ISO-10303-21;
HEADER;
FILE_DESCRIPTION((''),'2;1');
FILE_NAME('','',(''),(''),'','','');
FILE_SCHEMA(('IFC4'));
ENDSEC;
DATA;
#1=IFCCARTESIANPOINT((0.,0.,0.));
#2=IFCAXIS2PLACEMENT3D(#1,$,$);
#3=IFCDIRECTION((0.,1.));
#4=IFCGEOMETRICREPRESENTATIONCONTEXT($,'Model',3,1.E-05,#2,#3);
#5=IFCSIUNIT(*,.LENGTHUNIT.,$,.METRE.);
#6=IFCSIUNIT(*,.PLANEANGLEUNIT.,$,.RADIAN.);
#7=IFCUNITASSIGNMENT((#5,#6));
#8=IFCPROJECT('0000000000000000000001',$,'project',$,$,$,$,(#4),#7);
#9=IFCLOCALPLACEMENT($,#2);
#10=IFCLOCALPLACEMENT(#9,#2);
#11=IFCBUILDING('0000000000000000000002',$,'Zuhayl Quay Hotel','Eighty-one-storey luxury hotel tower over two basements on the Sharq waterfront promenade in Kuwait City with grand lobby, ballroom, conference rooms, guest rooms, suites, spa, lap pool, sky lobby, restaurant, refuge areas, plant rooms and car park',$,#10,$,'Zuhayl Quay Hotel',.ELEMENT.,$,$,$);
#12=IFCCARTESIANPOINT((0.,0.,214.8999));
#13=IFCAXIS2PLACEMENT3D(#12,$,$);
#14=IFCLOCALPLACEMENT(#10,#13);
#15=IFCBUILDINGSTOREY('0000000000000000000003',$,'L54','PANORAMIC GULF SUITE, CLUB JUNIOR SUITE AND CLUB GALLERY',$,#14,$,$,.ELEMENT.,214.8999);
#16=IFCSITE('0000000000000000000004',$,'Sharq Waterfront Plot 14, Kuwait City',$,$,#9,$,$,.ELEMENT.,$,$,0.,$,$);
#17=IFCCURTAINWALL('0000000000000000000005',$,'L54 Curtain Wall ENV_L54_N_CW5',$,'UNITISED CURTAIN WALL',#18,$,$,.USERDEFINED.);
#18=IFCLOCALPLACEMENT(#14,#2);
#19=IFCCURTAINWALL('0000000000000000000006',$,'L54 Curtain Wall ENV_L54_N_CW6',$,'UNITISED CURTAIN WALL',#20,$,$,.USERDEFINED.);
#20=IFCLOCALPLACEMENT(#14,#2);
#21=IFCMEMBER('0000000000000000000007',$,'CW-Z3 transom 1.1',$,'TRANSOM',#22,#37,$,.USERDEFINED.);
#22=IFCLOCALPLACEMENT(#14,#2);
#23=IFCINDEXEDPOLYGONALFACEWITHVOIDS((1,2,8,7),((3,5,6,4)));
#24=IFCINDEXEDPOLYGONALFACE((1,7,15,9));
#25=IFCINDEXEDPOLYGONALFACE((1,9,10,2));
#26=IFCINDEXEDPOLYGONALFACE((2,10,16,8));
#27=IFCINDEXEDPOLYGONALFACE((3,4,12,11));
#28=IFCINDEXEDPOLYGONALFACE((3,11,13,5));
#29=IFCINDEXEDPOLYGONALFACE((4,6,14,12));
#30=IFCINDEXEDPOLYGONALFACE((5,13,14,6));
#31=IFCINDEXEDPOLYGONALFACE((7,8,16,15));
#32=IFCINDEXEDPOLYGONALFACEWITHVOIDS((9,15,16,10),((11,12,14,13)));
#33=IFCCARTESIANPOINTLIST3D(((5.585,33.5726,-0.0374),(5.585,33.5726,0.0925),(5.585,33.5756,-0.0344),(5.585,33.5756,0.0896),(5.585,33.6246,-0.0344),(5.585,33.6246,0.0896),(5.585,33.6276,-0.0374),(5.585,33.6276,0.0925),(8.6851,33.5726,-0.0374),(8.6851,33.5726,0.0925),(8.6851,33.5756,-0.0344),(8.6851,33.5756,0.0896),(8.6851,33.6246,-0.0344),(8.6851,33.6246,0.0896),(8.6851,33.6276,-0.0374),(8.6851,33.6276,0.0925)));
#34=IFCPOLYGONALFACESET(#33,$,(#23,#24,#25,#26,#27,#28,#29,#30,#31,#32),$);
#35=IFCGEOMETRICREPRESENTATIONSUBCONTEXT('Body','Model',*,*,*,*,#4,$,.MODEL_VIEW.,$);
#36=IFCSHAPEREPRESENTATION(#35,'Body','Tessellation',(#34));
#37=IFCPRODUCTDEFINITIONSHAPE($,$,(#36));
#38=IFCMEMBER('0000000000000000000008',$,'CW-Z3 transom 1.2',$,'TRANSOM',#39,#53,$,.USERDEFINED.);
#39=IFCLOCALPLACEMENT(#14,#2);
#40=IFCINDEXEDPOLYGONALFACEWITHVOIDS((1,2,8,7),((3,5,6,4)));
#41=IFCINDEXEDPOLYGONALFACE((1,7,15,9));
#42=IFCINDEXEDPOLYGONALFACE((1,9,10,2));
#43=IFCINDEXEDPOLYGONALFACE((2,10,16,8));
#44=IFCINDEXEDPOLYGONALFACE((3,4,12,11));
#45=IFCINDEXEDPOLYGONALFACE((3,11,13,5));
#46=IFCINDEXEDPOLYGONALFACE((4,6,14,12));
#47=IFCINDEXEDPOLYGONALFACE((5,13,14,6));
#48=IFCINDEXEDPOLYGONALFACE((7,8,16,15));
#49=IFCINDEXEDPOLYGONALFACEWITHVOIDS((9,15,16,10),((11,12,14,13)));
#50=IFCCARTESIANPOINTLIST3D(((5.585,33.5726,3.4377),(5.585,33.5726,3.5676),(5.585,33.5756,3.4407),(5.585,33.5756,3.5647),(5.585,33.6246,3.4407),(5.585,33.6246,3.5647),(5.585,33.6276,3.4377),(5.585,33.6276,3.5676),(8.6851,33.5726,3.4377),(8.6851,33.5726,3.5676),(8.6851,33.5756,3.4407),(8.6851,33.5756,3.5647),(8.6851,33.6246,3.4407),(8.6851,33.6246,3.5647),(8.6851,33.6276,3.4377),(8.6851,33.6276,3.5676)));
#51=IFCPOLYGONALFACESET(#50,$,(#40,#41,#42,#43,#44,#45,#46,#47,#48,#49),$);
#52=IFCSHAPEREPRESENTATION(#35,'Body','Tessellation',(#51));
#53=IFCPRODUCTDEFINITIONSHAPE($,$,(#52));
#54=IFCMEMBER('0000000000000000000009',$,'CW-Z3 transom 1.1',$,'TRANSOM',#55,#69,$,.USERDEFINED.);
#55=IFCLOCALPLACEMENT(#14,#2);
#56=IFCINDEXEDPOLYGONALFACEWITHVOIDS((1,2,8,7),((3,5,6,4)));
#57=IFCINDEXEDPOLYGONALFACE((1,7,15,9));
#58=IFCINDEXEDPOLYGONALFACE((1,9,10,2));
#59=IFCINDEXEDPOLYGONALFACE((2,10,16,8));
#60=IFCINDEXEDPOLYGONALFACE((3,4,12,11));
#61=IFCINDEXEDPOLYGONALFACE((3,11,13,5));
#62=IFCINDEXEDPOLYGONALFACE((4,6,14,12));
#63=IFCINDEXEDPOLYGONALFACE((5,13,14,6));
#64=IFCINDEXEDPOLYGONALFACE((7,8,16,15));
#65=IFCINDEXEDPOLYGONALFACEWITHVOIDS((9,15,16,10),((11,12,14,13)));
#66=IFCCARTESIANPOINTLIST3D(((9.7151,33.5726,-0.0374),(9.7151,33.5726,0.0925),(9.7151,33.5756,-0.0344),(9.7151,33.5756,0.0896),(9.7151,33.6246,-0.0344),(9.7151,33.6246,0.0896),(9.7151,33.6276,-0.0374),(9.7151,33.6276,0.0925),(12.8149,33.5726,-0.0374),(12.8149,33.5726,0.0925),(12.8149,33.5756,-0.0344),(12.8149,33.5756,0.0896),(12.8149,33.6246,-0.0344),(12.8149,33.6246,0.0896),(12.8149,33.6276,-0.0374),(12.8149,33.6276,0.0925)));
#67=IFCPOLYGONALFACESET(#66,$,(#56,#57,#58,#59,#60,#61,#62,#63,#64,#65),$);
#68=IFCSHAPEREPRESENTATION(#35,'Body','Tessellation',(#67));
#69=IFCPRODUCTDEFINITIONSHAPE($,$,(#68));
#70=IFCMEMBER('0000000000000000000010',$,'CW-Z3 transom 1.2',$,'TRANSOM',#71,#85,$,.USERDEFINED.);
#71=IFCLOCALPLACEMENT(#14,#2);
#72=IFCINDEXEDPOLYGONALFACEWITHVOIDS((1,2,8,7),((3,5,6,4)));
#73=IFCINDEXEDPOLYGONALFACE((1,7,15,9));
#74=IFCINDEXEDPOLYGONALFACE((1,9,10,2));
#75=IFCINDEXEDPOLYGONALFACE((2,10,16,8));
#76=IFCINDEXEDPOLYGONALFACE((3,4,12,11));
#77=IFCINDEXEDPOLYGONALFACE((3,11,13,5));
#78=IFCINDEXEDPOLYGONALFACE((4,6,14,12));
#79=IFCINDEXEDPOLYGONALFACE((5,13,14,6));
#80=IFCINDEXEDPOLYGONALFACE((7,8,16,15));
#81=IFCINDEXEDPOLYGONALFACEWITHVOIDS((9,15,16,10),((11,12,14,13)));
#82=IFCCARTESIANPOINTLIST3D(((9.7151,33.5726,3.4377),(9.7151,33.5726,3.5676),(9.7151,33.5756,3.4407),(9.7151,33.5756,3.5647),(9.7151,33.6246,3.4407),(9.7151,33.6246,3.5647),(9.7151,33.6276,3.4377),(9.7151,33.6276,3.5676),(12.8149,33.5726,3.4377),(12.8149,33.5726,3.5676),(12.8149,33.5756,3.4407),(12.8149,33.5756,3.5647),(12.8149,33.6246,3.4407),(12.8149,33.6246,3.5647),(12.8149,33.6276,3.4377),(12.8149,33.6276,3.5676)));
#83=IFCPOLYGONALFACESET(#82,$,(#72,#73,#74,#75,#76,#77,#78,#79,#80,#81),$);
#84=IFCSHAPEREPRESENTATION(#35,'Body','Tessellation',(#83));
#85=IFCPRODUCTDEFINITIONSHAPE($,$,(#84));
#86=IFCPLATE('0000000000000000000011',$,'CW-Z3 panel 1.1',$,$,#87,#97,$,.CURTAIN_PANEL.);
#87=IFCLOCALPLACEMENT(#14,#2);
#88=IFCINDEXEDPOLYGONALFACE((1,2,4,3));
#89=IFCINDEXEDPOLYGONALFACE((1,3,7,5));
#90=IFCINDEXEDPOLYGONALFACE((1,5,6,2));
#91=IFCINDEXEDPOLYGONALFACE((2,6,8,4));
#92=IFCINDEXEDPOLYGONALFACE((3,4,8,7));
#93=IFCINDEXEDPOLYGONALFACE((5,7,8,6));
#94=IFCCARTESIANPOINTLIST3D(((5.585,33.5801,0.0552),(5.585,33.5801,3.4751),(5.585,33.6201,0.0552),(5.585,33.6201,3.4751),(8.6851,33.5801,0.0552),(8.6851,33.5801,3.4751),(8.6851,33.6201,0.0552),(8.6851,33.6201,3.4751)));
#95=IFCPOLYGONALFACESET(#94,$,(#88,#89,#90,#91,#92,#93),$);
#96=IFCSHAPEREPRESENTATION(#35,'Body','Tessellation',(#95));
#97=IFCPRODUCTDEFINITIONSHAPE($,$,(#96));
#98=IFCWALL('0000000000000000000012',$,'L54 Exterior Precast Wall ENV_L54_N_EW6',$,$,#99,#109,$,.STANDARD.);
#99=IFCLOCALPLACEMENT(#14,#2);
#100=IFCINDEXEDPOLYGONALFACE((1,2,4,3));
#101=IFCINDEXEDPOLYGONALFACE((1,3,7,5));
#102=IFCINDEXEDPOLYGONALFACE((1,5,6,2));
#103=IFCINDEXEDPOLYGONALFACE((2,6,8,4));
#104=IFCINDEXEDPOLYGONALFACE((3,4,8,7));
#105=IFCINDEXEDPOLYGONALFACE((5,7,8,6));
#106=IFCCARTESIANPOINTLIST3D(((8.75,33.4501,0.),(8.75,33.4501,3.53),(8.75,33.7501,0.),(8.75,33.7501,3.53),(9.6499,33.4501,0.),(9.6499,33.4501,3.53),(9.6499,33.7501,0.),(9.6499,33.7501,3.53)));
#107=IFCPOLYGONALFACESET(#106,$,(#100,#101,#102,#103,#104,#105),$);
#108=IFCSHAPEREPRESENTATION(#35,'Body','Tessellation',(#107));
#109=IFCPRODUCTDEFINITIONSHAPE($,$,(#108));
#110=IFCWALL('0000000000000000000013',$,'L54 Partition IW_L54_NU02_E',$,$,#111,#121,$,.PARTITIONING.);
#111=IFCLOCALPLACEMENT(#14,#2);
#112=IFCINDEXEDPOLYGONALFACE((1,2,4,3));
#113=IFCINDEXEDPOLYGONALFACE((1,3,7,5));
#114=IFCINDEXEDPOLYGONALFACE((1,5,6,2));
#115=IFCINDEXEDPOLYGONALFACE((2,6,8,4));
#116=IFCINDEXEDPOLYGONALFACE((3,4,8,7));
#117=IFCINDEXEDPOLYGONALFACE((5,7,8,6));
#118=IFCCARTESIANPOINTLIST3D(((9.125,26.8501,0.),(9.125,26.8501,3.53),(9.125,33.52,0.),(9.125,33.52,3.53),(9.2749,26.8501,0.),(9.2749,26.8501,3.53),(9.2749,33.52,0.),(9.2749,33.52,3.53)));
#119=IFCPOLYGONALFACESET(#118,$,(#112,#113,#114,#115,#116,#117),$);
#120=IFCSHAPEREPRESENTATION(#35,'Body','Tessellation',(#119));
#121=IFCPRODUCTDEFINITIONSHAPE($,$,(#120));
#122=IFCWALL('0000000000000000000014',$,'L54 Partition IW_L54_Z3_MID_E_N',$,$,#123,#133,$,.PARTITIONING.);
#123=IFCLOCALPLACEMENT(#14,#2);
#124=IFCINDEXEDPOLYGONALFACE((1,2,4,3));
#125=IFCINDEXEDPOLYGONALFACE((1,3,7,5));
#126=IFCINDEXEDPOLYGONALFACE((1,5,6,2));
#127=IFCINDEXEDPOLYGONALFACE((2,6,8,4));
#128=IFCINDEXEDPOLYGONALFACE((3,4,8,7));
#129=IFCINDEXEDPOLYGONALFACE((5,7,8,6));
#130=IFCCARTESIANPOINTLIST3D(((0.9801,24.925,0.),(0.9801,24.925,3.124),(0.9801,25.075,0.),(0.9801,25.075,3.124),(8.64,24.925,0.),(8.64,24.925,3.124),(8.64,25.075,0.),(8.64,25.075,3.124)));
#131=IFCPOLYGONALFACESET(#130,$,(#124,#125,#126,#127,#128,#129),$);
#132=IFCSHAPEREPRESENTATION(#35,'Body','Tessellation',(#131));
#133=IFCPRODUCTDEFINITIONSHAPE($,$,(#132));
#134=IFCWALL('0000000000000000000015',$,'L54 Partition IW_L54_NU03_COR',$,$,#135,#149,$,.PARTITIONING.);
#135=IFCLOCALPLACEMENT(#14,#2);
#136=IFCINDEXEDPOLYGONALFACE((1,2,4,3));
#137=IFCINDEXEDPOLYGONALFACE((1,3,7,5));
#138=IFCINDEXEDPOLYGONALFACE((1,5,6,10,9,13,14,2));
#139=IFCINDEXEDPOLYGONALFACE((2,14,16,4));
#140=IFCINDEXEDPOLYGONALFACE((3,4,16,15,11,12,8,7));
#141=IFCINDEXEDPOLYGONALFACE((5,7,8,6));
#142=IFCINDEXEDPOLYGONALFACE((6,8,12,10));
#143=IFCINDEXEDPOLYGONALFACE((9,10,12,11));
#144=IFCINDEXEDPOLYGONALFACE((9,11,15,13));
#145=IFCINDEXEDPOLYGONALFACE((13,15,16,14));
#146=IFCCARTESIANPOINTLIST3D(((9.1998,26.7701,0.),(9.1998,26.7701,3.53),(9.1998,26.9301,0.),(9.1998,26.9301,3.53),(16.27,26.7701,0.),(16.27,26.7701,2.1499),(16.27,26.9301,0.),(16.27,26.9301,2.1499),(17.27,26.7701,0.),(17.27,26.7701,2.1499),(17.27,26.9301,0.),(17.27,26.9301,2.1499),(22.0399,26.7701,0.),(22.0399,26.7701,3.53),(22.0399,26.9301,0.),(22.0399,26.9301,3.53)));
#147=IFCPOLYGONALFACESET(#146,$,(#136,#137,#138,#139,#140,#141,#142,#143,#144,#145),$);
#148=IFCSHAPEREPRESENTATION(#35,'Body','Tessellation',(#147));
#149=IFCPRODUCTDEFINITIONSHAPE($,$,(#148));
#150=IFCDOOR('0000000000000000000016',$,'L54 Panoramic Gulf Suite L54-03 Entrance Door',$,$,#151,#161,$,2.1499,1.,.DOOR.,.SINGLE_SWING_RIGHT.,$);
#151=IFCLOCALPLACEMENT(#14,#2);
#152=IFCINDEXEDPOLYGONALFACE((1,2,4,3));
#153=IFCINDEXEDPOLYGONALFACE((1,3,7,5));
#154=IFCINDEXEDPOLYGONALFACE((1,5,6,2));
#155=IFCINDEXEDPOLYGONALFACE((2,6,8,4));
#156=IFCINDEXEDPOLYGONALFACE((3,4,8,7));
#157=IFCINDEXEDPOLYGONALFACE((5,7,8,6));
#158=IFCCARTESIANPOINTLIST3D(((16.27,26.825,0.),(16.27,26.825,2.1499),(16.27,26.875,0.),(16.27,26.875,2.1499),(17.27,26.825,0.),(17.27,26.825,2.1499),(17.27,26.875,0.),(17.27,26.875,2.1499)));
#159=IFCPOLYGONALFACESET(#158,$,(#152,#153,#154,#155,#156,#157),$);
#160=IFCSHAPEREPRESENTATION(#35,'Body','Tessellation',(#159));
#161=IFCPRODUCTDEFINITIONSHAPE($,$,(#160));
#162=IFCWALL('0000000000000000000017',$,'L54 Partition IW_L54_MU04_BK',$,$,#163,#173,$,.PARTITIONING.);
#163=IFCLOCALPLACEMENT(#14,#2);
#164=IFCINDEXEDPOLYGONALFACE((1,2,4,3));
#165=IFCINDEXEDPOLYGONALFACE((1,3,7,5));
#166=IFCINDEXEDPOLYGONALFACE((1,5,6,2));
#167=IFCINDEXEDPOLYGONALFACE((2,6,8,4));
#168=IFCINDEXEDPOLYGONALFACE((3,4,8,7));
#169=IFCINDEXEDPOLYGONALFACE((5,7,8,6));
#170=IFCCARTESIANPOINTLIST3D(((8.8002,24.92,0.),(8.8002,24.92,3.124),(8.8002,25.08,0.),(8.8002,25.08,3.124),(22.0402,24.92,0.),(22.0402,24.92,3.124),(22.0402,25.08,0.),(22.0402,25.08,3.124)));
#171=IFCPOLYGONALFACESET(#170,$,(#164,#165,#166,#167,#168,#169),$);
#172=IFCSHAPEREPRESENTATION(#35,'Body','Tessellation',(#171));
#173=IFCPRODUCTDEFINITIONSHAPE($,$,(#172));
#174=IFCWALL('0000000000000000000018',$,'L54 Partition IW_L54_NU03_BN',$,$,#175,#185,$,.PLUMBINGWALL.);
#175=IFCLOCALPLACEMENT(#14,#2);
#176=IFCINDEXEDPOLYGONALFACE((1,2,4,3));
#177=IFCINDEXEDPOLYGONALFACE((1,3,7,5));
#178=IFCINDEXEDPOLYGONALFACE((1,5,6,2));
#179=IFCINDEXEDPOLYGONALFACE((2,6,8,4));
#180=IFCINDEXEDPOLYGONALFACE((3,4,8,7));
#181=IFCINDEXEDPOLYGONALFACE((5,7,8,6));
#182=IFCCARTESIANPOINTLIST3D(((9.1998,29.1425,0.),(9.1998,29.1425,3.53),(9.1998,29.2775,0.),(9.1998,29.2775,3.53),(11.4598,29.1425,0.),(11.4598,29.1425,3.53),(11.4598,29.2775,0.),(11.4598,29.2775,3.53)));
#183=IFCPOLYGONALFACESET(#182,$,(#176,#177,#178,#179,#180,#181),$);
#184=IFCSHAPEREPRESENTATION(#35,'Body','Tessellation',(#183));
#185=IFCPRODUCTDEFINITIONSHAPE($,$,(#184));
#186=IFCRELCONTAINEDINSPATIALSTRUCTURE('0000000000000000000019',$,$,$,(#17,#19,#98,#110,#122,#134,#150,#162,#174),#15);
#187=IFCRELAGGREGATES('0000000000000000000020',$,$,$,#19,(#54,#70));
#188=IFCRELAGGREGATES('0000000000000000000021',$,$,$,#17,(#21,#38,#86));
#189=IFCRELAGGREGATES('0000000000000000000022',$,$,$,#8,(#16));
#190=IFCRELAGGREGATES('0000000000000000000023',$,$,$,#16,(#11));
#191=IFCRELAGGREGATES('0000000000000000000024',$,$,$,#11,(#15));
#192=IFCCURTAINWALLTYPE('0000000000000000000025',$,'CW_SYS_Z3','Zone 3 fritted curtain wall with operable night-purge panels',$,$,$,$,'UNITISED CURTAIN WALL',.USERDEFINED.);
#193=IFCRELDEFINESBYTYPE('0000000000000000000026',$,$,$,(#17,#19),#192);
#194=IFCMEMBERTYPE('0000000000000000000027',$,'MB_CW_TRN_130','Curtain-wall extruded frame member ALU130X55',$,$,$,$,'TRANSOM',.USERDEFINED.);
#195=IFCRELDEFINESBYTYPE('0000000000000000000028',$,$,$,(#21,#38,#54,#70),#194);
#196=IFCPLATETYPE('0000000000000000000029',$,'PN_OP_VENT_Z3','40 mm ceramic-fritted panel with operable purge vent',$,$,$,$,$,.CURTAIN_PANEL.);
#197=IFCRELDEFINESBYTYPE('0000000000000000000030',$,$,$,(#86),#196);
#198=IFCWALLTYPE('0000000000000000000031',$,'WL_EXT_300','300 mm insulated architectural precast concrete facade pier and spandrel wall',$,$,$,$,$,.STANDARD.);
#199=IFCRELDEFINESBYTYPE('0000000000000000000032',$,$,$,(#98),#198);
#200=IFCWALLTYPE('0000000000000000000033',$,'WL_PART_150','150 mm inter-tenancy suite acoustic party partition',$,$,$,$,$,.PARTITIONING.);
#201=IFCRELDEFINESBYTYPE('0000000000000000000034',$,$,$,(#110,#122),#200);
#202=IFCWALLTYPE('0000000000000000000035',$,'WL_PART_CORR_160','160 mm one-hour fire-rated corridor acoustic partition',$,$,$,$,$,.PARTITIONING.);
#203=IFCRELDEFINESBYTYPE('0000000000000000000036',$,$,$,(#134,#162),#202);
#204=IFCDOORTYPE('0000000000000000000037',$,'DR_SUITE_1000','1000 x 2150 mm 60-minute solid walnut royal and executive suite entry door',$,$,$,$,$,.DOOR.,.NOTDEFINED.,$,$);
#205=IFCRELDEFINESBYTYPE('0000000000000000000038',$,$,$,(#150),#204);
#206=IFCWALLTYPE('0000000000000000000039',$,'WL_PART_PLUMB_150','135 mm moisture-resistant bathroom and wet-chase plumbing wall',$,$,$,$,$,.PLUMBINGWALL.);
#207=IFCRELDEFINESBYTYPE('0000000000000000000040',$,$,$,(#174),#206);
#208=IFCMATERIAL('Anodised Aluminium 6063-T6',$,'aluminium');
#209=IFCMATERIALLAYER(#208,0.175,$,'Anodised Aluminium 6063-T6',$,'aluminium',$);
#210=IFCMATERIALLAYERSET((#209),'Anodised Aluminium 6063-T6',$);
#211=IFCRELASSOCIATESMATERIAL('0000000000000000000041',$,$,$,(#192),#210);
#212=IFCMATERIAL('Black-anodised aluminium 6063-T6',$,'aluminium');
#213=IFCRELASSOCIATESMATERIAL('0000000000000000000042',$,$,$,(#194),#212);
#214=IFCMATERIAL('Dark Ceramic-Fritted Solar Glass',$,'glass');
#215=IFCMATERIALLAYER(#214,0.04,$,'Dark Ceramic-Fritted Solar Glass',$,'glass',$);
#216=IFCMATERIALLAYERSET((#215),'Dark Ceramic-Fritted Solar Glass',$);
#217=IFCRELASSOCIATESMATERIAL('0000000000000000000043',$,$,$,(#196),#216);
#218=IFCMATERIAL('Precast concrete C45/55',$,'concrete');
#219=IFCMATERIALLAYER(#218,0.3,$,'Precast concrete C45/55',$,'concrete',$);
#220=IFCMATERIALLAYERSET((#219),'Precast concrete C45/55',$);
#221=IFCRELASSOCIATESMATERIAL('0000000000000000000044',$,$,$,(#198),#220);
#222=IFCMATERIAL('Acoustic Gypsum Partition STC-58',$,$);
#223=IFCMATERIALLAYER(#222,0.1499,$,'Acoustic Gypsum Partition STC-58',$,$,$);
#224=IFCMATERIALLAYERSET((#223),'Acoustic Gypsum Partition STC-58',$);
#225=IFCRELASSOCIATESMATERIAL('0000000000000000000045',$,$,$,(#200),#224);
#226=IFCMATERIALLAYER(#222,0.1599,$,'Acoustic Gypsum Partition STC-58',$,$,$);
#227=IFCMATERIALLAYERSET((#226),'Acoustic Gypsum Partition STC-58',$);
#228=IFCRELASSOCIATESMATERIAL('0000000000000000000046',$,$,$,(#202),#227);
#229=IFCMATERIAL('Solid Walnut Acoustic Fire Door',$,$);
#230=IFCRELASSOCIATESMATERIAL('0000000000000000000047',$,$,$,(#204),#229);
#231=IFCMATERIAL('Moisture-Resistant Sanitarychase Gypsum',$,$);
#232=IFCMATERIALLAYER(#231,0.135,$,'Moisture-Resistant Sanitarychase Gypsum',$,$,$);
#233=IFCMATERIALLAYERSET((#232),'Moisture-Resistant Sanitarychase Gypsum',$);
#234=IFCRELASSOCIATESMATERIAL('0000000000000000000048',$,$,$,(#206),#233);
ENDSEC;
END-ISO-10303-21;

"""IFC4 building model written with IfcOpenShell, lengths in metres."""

from ifc_helpers import new_model, si_unit, direction, frame, frame_2d, origin, origin_2d, place, context, subcontext, project, spatial, rectangle, hollow_rectangle, extrude, material, layer, layer_set, material_profile, profile_set, type_object, element, fill, aggregate, save


model = new_model("IFC4")

# Units and contexts
model_context = context("Model", 3, precision=1e-05, world=origin(), true_north=direction((0.0, 1.0)))
body_context = subcontext(model_context, "Body", "Model", "MODEL_VIEW")
ifc_project = project(units=[si_unit("LENGTHUNIT", "METRE"), si_unit("PLANEANGLEUNIT", "RADIAN")], contexts=[model_context])

# Site, building, storey
site_placement = place(None, origin())
site = spatial("IfcSite", under=ifc_project, at=site_placement, Name="Sharq Waterfront Plot 14, Kuwait City", CompositionType="ELEMENT", RefElevation=0.0)
building_placement = place(site_placement, origin())
building = spatial("IfcBuilding", under=site, at=building_placement, Name="Zuhayl Quay Hotel", Description="Eighty-one-storey luxury hotel tower over two basements on the Sharq waterfront promenade in Kuwait City with grand lobby, ballroom, conference rooms, guest rooms, suites, spa, lap pool, sky lobby, restaurant, refuge areas, plant rooms and car park", LongName="Zuhayl Quay Hotel", CompositionType="ELEMENT")
storey_placement = place(building_placement, frame((0.0, 0.0, 214.8999)))
storey = spatial("IfcBuildingStorey", under=building, at=storey_placement, Name="L54", Description="PANORAMIC GULF SUITE, CLUB JUNIOR SUITE AND CLUB GALLERY", CompositionType="ELEMENT", Elevation=214.8999)

# Curtain wall
ifc_material_1 = material(Name="Anodised Aluminium 6063-T6", Category="aluminium")
ifc_layer_1 = layer(ifc_material_1, 0.175, Name="Anodised Aluminium 6063-T6", Category="aluminium")
ifc_layer_set_1 = layer_set([ifc_layer_1], Name="Anodised Aluminium 6063-T6")
curtain_wall_type = type_object("IfcCurtainWallType", Name="CW_SYS_Z3", Description="Zone 3 fritted curtain wall with operable night-purge panels", ElementType="UNITISED CURTAIN WALL", PredefinedType="USERDEFINED", material=ifc_layer_set_1)
curtain_wall_1_placement = place(storey_placement, origin())
curtain_wall_1 = element("IfcCurtainWall", 1, at=curtain_wall_1_placement, inside=storey, type_object=curtain_wall_type, Name="L54 Curtain Wall ENV_L54_N_CW5", ObjectType="UNITISED CURTAIN WALL", PredefinedType="USERDEFINED")
ifc_material_2 = material(Name="Black-anodised aluminium 6063-T6", Category="aluminium")

# Curtain wall
curtain_wall_2_placement = place(storey_placement, origin())
curtain_wall_2 = element("IfcCurtainWall", 2, at=curtain_wall_2_placement, inside=storey, type_object=curtain_wall_type, Name="L54 Curtain Wall ENV_L54_N_CW6", ObjectType="UNITISED CURTAIN WALL", PredefinedType="USERDEFINED")

# Members
ifc_material_profile_1 = material_profile(ifc_material_2, hollow_rectangle(XDim=0.0549, YDim=0.1299, WallThickness=0.0029, at=origin_2d()), Name="ALU130X55")
ifc_profile_set_1 = profile_set([ifc_material_profile_1], Name="Black-anodised aluminium 6063-T6")
member_type_1 = type_object("IfcMemberType", Name="MB_CW_TRN_130", Description="Curtain-wall extruded frame member ALU130X55", ElementType="TRANSOM", PredefinedType="USERDEFINED", material=ifc_profile_set_1)
member_1_placement = place(storey_placement, frame((5.585, 33.6001, 0.0276), z_axis=(1.0, 0.0, 0.0), x_axis=(0.0, 1.0, 0.0)))
member_1 = element("IfcMember", 3, at=member_1_placement, type_object=member_type_1, Name="CW-Z3 transom 1.1", ObjectType="TRANSOM", PredefinedType="USERDEFINED", context=body_context, shape_type="SweptSolid", body=[
    extrude(hollow_rectangle(XDim=0.0549, YDim=0.1299, WallThickness=0.0029, at=origin_2d()), origin(), (0.0, 0.0, 1.0), 3.1001),
])
member_2_placement = place(storey_placement, frame((5.585, 33.6001, 3.5027), z_axis=(1.0, 0.0, 0.0), x_axis=(0.0, 1.0, 0.0)))
member_2 = element("IfcMember", 4, at=member_2_placement, type_object=member_type_1, Name="CW-Z3 transom 1.2", ObjectType="TRANSOM", PredefinedType="USERDEFINED", context=body_context, shape_type="SweptSolid", body=[
    extrude(hollow_rectangle(XDim=0.0549, YDim=0.1299, WallThickness=0.0029, at=origin_2d()), origin(), (0.0, 0.0, 1.0), 3.1001),
])
member_3_placement = place(storey_placement, frame((9.7151, 33.6001, 0.0276), z_axis=(1.0, 0.0, 0.0), x_axis=(0.0, 1.0, 0.0)))
member_3 = element("IfcMember", 5, at=member_3_placement, type_object=member_type_1, Name="CW-Z3 transom 1.1", ObjectType="TRANSOM", PredefinedType="USERDEFINED", context=body_context, shape_type="SweptSolid", body=[
    extrude(hollow_rectangle(XDim=0.0549, YDim=0.1299, WallThickness=0.0029, at=origin_2d()), origin(), (0.0, 0.0, 1.0), 3.0999),
])
member_4_placement = place(storey_placement, frame((9.7151, 33.6001, 3.5027), z_axis=(1.0, 0.0, 0.0), x_axis=(0.0, 1.0, 0.0)))
member_4 = element("IfcMember", 6, at=member_4_placement, type_object=member_type_1, Name="CW-Z3 transom 1.2", ObjectType="TRANSOM", PredefinedType="USERDEFINED", context=body_context, shape_type="SweptSolid", body=[
    extrude(hollow_rectangle(XDim=0.0549, YDim=0.1299, WallThickness=0.0029, at=origin_2d()), origin(), (0.0, 0.0, 1.0), 3.0999),
])
aggregate(curtain_wall_2, [member_3, member_4])

# Plate
ifc_material_3 = material(Name="Dark Ceramic-Fritted Solar Glass", Category="glass")
ifc_layer_2 = layer(ifc_material_3, 0.04, Name="Dark Ceramic-Fritted Solar Glass", Category="glass")
ifc_layer_set_2 = layer_set([ifc_layer_2], Name="Dark Ceramic-Fritted Solar Glass")
plate_type = type_object("IfcPlateType", Name="PN_OP_VENT_Z3", Description="40 mm ceramic-fritted panel with operable purge vent", PredefinedType="CURTAIN_PANEL", material=ifc_layer_set_2)
plate_placement = place(storey_placement, frame((7.135, 33.6001, 0.0552), z_axis=(0.0, 0.0, 1.0), x_axis=(1.0, 0.0, 0.0)))
plate = element("IfcPlate", 7, at=plate_placement, type_object=plate_type, Name="CW-Z3 panel 1.1", PredefinedType="CURTAIN_PANEL", context=body_context, shape_type="SweptSolid", body=[
    extrude(rectangle(XDim=3.1001, YDim=0.04, at=origin_2d()), origin(), (0.0, 0.0, 1.0), 3.4199),
])
aggregate(curtain_wall_1, [member_1, member_2, plate])

# Walls
ifc_material_4 = material(Name="Precast concrete C45/55", Category="concrete")
ifc_layer_3 = layer(ifc_material_4, 0.3, Name="Precast concrete C45/55", Category="concrete")
ifc_layer_set_3 = layer_set([ifc_layer_3], Name="Precast concrete C45/55")
wall_type_1 = type_object("IfcWallType", Name="WL_EXT_300", Description="300 mm insulated architectural precast concrete facade pier and spandrel wall", PredefinedType="STANDARD", material=ifc_layer_set_3)
wall_1_placement = place(storey_placement, frame((8.75, 33.6001, 0.0), z_axis=(0.0, 0.0, 1.0), x_axis=(1.0, 0.0, 0.0)))
element("IfcWall", 8, at=wall_1_placement, inside=storey, type_object=wall_type_1, Name="L54 Exterior Precast Wall ENV_L54_N_EW6", PredefinedType="STANDARD", context=body_context, shape_type="SweptSolid", body=[
    extrude(rectangle(XDim=0.8999, YDim=0.3, at=frame_2d((0.45, 0.0))), origin(), (0.0, 0.0, 1.0), 3.53),
])
ifc_material_5 = material(Name="Acoustic Gypsum Partition STC-58")
ifc_layer_4 = layer(ifc_material_5, 0.1499, Name="Acoustic Gypsum Partition STC-58")
ifc_layer_set_4 = layer_set([ifc_layer_4], Name="Acoustic Gypsum Partition STC-58")
wall_type_2 = type_object("IfcWallType", Name="WL_PART_150", Description="150 mm inter-tenancy suite acoustic party partition", PredefinedType="PARTITIONING", material=ifc_layer_set_4)
wall_2_placement = place(storey_placement, frame((9.2, 26.8501, 0.0), z_axis=(0.0, 0.0, 1.0), x_axis=(0.0, 1.0, 0.0)))
element("IfcWall", 9, at=wall_2_placement, inside=storey, type_object=wall_type_2, Name="L54 Partition IW_L54_NU02_E", PredefinedType="PARTITIONING", context=body_context, shape_type="SweptSolid", body=[
    extrude(rectangle(XDim=6.6699, YDim=0.1499, at=frame_2d((3.335, 0.0))), origin(), (0.0, 0.0, 1.0), 3.53),
])
wall_3_placement = place(storey_placement, frame((0.98, 25.0, 0.0), z_axis=(0.0, 0.0, 1.0), x_axis=(1.0, 0.0, 0.0)))
element("IfcWall", 10, at=wall_3_placement, inside=storey, type_object=wall_type_2, Name="L54 Partition IW_L54_Z3_MID_E_N", PredefinedType="PARTITIONING", context=body_context, shape_type="SweptSolid", body=[
    extrude(rectangle(XDim=7.6599, YDim=0.1499, at=frame_2d((3.8301, 0.0))), origin(), (0.0, 0.0, 1.0), 3.124),
])

# Wall, opening, door
ifc_layer_5 = layer(ifc_material_5, 0.1599, Name="Acoustic Gypsum Partition STC-58")
ifc_layer_set_5 = layer_set([ifc_layer_5], Name="Acoustic Gypsum Partition STC-58")
wall_type_3 = type_object("IfcWallType", Name="WL_PART_CORR_160", Description="160 mm one-hour fire-rated corridor acoustic partition", PredefinedType="PARTITIONING", material=ifc_layer_set_5)
wall_4_placement = place(storey_placement, frame((9.2, 26.8501, 0.0), z_axis=(0.0, 0.0, 1.0), x_axis=(1.0, 0.0, 0.0)))
wall_4 = element("IfcWall", 11, at=wall_4_placement, inside=storey, type_object=wall_type_3, Name="L54 Partition IW_L54_NU03_COR", PredefinedType="PARTITIONING", context=body_context, shape_type="SweptSolid", body=[
    extrude(rectangle(XDim=12.8401, YDim=0.1599, at=frame_2d((6.4199, 0.0))), origin(), (0.0, 0.0, 1.0), 3.53),
])
opening_placement = place(wall_4_placement, frame((7.0701, 0.0, 0.0)))
opening = element("IfcOpeningElement", 12, at=opening_placement, cuts=wall_4, PredefinedType="OPENING", context=body_context, shape_type="SweptSolid", body=[
    extrude(rectangle(XDim=1.0, YDim=2.1499, at=frame_2d((0.5, 1.075))), frame((0.0, 0.0898, 0.0), z_axis=(0.0, -1.0, 0.0), x_axis=(1.0, 0.0, 0.0)), (0.0, 0.0, 1.0), 0.1799),
])
ifc_material_6 = material(Name="Solid Walnut Acoustic Fire Door")
door_type = type_object("IfcDoorType", Name="DR_SUITE_1000", Description="1000 x 2150 mm 60-minute solid walnut royal and executive suite entry door", OperationType="NOTDEFINED", PredefinedType="DOOR", material=ifc_material_6)
door_placement = place(opening_placement, origin())
door = element("IfcDoor", 13, at=door_placement, inside=storey, type_object=door_type, Name="L54 Panoramic Gulf Suite L54-03 Entrance Door", OperationType="SINGLE_SWING_RIGHT", OverallHeight=2.1499, OverallWidth=1.0, PredefinedType="DOOR", context=body_context, shape_type="SweptSolid", body=[
    extrude(rectangle(XDim=1.0, YDim=2.1499, at=frame_2d((0.5, 1.075))), frame((0.0, 0.0249, 0.0), z_axis=(0.0, -1.0, 0.0), x_axis=(1.0, 0.0, 0.0)), (0.0, 0.0, 1.0), 0.05),
])
fill(opening, door)

# Walls
wall_5_placement = place(storey_placement, frame((8.8, 25.0, 0.0), z_axis=(0.0, 0.0, 1.0), x_axis=(1.0, 0.0, 0.0)))
element("IfcWall", 14, at=wall_5_placement, inside=storey, type_object=wall_type_3, Name="L54 Partition IW_L54_MU04_BK", PredefinedType="PARTITIONING", context=body_context, shape_type="SweptSolid", body=[
    extrude(rectangle(XDim=13.24, YDim=0.1599, at=frame_2d((6.6201, 0.0))), origin(), (0.0, 0.0, 1.0), 3.124),
])
ifc_material_7 = material(Name="Moisture-Resistant Sanitarychase Gypsum")
ifc_layer_6 = layer(ifc_material_7, 0.135, Name="Moisture-Resistant Sanitarychase Gypsum")
ifc_layer_set_6 = layer_set([ifc_layer_6], Name="Moisture-Resistant Sanitarychase Gypsum")
wall_type_4 = type_object("IfcWallType", Name="WL_PART_PLUMB_150", Description="135 mm moisture-resistant bathroom and wet-chase plumbing wall", PredefinedType="PLUMBINGWALL", material=ifc_layer_set_6)
wall_6_placement = place(storey_placement, frame((9.2, 29.21, 0.0), z_axis=(0.0, 0.0, 1.0), x_axis=(1.0, 0.0, 0.0)))
element("IfcWall", 15, at=wall_6_placement, inside=storey, type_object=wall_type_4, Name="L54 Partition IW_L54_NU03_BN", PredefinedType="PLUMBINGWALL", context=body_context, shape_type="SweptSolid", body=[
    extrude(rectangle(XDim=2.26, YDim=0.135, at=frame_2d((1.1299, 0.0))), origin(), (0.0, 0.0, 1.0), 3.53),
])

save(model, "model.ifc")
